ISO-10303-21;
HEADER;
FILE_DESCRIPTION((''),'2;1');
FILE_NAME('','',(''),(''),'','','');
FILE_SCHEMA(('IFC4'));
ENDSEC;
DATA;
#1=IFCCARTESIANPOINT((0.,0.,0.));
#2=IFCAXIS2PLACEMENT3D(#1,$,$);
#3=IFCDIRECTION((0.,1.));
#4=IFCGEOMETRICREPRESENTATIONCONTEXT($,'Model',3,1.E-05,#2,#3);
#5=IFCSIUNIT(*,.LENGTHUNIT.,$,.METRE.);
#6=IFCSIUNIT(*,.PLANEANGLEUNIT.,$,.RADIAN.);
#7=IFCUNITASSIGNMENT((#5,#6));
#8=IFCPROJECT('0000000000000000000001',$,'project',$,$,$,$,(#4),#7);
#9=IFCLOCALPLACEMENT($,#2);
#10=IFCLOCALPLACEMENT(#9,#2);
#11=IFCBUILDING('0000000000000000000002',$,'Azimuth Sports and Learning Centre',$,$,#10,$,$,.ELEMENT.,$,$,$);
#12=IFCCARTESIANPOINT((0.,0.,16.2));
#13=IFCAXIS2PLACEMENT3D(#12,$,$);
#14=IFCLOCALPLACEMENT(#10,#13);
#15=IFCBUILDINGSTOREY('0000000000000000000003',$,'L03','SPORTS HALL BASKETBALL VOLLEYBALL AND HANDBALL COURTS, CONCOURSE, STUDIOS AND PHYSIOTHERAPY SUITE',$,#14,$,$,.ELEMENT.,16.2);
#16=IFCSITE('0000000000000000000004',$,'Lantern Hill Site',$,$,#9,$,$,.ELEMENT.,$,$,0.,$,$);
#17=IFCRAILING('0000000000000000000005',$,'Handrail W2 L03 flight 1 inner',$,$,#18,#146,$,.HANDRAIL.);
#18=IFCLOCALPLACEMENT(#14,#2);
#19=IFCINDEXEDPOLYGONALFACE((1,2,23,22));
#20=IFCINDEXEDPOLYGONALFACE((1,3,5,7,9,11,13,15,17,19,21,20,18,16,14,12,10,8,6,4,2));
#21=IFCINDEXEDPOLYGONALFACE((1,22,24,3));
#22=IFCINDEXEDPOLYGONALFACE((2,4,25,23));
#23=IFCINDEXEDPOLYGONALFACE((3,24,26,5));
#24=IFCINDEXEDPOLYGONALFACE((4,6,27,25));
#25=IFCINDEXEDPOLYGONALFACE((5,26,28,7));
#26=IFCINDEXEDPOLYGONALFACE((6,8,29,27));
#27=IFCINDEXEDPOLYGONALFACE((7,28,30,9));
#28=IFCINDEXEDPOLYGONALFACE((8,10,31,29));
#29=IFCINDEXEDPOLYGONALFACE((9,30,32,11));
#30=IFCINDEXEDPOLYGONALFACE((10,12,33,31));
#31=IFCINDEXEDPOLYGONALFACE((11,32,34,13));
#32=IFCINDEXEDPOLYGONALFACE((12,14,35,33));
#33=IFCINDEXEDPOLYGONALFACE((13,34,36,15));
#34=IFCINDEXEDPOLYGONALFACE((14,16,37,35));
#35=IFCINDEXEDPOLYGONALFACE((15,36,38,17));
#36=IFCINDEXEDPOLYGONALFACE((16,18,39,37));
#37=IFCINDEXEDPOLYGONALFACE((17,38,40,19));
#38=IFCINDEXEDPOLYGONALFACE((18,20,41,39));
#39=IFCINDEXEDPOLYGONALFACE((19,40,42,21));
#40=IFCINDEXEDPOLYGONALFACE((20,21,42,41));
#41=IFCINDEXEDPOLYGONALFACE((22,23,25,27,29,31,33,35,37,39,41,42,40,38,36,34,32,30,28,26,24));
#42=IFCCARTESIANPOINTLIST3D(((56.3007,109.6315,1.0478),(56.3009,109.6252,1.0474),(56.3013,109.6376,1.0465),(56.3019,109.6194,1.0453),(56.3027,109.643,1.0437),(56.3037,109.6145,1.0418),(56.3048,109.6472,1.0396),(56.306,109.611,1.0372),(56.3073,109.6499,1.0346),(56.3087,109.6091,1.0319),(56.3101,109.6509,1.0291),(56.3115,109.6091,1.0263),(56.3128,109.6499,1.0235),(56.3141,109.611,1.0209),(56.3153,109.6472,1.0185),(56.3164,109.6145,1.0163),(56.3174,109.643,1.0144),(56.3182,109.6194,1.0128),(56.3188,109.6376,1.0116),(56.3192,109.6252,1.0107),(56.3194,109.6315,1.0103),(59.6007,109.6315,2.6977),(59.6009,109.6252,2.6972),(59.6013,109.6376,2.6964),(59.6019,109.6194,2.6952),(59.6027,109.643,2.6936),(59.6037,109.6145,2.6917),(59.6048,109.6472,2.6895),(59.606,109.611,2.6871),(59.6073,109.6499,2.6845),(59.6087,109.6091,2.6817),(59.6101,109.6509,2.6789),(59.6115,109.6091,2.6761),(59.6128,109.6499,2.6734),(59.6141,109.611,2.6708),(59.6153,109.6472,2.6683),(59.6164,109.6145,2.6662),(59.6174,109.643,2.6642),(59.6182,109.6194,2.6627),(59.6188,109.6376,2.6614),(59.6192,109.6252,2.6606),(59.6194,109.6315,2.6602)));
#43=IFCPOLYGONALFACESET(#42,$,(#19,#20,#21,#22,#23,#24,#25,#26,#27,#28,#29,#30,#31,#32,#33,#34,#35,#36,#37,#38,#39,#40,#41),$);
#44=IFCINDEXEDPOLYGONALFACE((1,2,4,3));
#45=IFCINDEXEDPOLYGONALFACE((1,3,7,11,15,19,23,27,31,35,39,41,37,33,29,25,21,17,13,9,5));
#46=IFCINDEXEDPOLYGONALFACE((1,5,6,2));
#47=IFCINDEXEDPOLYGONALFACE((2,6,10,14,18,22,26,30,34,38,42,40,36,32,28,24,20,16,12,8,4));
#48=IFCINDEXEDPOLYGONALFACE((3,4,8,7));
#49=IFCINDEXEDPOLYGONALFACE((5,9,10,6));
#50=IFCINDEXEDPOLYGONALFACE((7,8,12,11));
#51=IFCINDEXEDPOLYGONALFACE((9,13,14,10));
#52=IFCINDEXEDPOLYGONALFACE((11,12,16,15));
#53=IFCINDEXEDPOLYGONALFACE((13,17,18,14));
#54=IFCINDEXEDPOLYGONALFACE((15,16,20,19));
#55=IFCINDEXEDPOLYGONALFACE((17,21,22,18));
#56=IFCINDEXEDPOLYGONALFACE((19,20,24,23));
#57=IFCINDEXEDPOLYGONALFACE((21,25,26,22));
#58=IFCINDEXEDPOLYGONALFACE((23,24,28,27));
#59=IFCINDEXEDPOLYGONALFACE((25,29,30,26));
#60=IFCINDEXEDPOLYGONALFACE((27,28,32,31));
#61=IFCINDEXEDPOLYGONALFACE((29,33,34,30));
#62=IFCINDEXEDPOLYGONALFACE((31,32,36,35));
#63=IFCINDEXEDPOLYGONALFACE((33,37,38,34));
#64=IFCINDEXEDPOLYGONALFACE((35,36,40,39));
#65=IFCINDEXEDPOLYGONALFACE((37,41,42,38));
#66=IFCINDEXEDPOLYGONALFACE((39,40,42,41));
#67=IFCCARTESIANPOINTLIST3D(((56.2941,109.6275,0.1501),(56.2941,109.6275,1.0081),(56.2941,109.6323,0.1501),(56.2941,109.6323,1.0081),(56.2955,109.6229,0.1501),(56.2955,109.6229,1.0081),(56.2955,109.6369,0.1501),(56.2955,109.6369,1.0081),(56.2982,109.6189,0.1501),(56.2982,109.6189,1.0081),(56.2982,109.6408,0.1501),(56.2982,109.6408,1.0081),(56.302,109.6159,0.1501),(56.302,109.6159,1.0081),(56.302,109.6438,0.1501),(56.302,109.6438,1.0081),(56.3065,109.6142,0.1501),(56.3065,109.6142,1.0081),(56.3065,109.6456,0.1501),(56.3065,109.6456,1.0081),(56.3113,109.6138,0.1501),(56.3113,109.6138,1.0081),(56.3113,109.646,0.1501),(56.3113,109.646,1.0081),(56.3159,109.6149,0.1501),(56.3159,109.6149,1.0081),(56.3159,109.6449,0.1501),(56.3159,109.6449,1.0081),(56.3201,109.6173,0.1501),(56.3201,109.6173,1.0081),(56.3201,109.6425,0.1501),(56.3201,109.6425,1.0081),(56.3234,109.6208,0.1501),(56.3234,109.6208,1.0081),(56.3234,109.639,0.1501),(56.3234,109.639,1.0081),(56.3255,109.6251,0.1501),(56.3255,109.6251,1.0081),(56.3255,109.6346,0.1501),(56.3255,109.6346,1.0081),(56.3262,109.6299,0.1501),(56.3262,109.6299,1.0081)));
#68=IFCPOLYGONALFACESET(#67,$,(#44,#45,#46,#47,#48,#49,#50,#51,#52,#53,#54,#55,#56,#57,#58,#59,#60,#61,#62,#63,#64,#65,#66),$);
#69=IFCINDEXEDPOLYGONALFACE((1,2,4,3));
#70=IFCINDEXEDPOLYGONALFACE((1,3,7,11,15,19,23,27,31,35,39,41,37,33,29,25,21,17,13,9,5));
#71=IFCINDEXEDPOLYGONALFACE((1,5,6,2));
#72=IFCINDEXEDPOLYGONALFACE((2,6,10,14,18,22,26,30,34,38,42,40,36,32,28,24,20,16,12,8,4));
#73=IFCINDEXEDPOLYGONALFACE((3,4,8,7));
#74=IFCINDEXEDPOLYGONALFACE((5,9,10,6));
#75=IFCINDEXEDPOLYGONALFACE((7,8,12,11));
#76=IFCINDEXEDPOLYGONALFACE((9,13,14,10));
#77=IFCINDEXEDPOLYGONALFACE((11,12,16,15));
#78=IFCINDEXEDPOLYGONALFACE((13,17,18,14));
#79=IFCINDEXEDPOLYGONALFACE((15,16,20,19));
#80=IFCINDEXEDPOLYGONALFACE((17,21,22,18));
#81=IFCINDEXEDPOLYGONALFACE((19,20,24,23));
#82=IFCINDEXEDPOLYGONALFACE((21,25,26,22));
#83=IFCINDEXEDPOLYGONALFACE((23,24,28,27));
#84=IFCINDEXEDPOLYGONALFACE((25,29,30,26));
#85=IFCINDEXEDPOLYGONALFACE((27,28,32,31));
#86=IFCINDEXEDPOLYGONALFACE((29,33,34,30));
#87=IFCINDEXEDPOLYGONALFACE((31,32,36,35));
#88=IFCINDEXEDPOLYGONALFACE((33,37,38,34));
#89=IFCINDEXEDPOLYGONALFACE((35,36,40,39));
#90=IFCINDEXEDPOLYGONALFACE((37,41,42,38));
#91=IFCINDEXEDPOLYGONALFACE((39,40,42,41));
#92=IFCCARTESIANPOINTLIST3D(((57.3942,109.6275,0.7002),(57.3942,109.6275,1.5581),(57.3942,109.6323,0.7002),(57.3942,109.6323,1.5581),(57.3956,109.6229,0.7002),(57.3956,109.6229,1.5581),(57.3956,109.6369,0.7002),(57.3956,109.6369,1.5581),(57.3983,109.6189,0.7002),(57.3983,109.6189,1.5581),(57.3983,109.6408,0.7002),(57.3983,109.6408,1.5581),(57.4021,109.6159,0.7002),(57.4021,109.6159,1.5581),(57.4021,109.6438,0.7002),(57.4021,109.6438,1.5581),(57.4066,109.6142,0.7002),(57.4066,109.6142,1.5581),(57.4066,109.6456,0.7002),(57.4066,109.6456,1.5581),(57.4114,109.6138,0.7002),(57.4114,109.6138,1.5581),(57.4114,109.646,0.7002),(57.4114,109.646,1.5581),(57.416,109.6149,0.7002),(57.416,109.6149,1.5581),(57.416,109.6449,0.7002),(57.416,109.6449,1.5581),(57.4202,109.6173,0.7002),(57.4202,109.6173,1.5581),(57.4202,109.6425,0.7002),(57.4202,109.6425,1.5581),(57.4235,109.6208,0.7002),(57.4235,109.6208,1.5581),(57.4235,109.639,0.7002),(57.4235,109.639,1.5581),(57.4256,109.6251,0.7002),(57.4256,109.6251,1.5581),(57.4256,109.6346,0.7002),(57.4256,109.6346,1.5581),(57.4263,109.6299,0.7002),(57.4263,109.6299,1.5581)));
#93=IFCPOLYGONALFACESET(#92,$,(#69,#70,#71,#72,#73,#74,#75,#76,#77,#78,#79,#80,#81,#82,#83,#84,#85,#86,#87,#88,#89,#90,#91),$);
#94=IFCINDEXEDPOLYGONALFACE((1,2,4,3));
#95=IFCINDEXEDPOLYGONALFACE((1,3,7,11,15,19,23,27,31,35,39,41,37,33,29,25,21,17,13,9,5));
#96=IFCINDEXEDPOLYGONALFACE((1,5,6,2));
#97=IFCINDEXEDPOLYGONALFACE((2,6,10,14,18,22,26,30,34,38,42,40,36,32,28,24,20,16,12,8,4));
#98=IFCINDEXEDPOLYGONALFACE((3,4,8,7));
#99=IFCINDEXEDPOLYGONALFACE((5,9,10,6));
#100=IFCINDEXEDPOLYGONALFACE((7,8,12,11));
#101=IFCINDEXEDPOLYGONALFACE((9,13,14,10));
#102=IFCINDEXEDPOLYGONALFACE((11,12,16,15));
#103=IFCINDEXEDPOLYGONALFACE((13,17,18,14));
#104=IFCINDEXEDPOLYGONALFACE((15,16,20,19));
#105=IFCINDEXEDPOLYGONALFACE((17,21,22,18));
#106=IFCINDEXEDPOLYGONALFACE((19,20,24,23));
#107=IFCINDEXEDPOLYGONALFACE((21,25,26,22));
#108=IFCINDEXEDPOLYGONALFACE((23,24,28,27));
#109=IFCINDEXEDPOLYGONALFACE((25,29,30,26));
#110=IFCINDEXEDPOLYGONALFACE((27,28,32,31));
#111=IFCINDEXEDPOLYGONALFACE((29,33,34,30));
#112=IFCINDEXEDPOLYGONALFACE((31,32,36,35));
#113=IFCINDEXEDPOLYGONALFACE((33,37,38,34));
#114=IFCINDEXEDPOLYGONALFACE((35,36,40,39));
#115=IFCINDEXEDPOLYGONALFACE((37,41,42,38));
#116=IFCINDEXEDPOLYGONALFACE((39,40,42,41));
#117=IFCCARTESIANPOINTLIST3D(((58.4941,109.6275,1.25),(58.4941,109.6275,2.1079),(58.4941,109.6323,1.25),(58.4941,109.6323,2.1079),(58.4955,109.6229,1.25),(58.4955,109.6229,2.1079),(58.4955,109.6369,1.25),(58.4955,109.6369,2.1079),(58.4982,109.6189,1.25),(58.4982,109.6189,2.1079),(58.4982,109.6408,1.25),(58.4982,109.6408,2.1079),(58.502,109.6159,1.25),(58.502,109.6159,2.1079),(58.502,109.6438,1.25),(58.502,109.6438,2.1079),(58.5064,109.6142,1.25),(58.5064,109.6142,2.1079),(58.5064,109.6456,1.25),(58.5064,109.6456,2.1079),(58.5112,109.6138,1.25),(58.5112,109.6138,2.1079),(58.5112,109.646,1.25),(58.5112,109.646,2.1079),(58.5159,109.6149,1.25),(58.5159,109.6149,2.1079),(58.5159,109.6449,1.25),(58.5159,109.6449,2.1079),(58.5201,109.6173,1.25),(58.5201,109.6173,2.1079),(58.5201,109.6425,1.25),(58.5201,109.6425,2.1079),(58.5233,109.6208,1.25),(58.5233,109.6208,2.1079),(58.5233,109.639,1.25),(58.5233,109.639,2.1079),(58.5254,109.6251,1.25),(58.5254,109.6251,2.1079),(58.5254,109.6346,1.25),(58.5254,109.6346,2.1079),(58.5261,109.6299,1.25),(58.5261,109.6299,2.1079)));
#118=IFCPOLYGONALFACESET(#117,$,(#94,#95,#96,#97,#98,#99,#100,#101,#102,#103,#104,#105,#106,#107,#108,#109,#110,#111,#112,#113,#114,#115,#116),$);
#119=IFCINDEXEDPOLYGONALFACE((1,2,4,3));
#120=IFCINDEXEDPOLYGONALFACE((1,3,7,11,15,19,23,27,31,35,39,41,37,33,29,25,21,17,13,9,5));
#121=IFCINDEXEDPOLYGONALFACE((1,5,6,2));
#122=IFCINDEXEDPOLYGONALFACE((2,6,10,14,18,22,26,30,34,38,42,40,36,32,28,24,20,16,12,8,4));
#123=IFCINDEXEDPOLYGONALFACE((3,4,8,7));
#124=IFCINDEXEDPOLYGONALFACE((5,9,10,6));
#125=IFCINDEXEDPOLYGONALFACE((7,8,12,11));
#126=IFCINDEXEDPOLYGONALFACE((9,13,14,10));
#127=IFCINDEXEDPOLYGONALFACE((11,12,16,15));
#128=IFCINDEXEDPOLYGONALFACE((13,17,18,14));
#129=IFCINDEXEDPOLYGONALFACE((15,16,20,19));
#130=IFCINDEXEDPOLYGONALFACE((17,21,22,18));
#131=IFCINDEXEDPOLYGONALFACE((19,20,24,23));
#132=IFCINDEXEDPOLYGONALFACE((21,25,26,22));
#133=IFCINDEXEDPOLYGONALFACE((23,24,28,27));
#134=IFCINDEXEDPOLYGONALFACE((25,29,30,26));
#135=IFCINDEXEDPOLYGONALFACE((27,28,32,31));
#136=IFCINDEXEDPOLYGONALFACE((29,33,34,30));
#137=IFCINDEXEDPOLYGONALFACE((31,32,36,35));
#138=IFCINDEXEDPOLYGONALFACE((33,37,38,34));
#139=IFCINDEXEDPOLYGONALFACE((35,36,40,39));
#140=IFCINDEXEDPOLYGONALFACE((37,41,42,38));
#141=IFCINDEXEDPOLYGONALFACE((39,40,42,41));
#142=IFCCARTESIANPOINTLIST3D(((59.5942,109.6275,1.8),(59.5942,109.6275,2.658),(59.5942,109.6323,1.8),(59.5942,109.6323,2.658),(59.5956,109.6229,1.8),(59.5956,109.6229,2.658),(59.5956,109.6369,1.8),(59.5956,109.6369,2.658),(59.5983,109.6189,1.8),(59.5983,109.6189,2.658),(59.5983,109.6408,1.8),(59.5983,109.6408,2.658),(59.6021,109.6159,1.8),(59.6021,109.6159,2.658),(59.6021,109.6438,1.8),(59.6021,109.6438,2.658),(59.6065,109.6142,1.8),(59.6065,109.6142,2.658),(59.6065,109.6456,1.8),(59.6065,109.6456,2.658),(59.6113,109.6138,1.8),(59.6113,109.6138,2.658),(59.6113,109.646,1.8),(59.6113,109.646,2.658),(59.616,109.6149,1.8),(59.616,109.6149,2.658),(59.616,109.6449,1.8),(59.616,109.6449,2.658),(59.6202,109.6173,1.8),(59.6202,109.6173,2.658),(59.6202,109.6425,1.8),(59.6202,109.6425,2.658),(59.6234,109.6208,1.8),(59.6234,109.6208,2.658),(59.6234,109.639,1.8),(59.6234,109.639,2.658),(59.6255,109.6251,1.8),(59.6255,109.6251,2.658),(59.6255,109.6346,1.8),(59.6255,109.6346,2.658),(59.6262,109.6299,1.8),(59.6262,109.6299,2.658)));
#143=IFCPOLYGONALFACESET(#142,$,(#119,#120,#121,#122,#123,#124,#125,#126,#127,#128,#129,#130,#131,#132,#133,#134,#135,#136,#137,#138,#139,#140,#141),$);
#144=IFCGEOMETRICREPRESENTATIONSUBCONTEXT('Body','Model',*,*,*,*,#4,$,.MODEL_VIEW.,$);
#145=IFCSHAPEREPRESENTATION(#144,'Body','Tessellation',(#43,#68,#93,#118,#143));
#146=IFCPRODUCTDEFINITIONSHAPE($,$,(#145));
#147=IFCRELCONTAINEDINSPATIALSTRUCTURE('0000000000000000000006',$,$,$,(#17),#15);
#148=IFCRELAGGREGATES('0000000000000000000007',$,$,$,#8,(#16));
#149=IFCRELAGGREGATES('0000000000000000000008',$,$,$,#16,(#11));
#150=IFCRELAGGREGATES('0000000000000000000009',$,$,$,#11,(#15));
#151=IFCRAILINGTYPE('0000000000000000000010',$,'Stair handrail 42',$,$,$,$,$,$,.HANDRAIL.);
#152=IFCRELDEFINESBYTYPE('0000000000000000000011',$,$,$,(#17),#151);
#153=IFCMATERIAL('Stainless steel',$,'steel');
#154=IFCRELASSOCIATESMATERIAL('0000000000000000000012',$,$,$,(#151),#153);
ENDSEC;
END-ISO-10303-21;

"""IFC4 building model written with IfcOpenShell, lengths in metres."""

from ifc_helpers import new_model, si_unit, direction, frame, origin, origin_2d, place, context, subcontext, project, spatial, circle, extrude, material, type_object, element, save


model = new_model("IFC4")

# Units and contexts
model_context = context("Model", 3, precision=1e-05, world=origin(), true_north=direction((0.0, 1.0)))
body_context = subcontext(model_context, "Body", "Model", "MODEL_VIEW")
ifc_project = project(units=[si_unit("LENGTHUNIT", "METRE"), si_unit("PLANEANGLEUNIT", "RADIAN")], contexts=[model_context])

# Site, building, storey
site_placement = place(None, origin())
site = spatial("IfcSite", under=ifc_project, at=site_placement, Name="Lantern Hill Site", CompositionType="ELEMENT", RefElevation=0.0)
building_placement = place(site_placement, origin())
building = spatial("IfcBuilding", under=site, at=building_placement, Name="Azimuth Sports and Learning Centre", CompositionType="ELEMENT")
storey_placement = place(building_placement, frame((0.0, 0.0, 16.2)))
storey = spatial("IfcBuildingStorey", under=building, at=storey_placement, Name="L03", Description="SPORTS HALL BASKETBALL VOLLEYBALL AND HANDBALL COURTS, CONCOURSE, STUDIOS AND PHYSIOTHERAPY SUITE", CompositionType="ELEMENT", Elevation=16.2)

# Railing
ifc_material_1 = material(Name="Stainless steel", Category="steel")
railing_type_1 = type_object("IfcRailingType", Name="Stair handrail 42", PredefinedType="HANDRAIL", material=ifc_material_1)
for number, where, name in (
    (1, (56.3101, 109.6299, 0.1501), "Handrail W2 L03 flight 1 inner"),
):
    element("IfcRailing", number, at=place(storey_placement, frame(where)), inside=storey, type_object=railing_type_1, Name=name, PredefinedType="HANDRAIL", context=body_context, shape_type="SweptSolid", body=[
        extrude(circle(Radius=0.021, at=origin_2d()), frame((0.0, 0.0, 0.8789), z_axis=(0.89444, 0.0, 0.447187), x_axis=(0.0, 1.0, 0.0)), (0.0, 0.0, 1.0), 3.6895),
        extrude(circle(Radius=0.0161, at=origin_2d()), origin(), (0.0, 0.0, 1.0), 0.8579),
        extrude(circle(Radius=0.0161, at=origin_2d()), frame((1.1001, 0.0, 0.55)), (0.0, 0.0, 1.0), 0.8579),
        extrude(circle(Radius=0.0161, at=origin_2d()), frame((2.2, 0.0, 1.0999)), (0.0, 0.0, 1.0), 0.8579),
        extrude(circle(Radius=0.0161, at=origin_2d()), frame((3.3, 0.0, 1.6499)), (0.0, 0.0, 1.0), 0.8579),
    ])

save(model, "model.ifc")
